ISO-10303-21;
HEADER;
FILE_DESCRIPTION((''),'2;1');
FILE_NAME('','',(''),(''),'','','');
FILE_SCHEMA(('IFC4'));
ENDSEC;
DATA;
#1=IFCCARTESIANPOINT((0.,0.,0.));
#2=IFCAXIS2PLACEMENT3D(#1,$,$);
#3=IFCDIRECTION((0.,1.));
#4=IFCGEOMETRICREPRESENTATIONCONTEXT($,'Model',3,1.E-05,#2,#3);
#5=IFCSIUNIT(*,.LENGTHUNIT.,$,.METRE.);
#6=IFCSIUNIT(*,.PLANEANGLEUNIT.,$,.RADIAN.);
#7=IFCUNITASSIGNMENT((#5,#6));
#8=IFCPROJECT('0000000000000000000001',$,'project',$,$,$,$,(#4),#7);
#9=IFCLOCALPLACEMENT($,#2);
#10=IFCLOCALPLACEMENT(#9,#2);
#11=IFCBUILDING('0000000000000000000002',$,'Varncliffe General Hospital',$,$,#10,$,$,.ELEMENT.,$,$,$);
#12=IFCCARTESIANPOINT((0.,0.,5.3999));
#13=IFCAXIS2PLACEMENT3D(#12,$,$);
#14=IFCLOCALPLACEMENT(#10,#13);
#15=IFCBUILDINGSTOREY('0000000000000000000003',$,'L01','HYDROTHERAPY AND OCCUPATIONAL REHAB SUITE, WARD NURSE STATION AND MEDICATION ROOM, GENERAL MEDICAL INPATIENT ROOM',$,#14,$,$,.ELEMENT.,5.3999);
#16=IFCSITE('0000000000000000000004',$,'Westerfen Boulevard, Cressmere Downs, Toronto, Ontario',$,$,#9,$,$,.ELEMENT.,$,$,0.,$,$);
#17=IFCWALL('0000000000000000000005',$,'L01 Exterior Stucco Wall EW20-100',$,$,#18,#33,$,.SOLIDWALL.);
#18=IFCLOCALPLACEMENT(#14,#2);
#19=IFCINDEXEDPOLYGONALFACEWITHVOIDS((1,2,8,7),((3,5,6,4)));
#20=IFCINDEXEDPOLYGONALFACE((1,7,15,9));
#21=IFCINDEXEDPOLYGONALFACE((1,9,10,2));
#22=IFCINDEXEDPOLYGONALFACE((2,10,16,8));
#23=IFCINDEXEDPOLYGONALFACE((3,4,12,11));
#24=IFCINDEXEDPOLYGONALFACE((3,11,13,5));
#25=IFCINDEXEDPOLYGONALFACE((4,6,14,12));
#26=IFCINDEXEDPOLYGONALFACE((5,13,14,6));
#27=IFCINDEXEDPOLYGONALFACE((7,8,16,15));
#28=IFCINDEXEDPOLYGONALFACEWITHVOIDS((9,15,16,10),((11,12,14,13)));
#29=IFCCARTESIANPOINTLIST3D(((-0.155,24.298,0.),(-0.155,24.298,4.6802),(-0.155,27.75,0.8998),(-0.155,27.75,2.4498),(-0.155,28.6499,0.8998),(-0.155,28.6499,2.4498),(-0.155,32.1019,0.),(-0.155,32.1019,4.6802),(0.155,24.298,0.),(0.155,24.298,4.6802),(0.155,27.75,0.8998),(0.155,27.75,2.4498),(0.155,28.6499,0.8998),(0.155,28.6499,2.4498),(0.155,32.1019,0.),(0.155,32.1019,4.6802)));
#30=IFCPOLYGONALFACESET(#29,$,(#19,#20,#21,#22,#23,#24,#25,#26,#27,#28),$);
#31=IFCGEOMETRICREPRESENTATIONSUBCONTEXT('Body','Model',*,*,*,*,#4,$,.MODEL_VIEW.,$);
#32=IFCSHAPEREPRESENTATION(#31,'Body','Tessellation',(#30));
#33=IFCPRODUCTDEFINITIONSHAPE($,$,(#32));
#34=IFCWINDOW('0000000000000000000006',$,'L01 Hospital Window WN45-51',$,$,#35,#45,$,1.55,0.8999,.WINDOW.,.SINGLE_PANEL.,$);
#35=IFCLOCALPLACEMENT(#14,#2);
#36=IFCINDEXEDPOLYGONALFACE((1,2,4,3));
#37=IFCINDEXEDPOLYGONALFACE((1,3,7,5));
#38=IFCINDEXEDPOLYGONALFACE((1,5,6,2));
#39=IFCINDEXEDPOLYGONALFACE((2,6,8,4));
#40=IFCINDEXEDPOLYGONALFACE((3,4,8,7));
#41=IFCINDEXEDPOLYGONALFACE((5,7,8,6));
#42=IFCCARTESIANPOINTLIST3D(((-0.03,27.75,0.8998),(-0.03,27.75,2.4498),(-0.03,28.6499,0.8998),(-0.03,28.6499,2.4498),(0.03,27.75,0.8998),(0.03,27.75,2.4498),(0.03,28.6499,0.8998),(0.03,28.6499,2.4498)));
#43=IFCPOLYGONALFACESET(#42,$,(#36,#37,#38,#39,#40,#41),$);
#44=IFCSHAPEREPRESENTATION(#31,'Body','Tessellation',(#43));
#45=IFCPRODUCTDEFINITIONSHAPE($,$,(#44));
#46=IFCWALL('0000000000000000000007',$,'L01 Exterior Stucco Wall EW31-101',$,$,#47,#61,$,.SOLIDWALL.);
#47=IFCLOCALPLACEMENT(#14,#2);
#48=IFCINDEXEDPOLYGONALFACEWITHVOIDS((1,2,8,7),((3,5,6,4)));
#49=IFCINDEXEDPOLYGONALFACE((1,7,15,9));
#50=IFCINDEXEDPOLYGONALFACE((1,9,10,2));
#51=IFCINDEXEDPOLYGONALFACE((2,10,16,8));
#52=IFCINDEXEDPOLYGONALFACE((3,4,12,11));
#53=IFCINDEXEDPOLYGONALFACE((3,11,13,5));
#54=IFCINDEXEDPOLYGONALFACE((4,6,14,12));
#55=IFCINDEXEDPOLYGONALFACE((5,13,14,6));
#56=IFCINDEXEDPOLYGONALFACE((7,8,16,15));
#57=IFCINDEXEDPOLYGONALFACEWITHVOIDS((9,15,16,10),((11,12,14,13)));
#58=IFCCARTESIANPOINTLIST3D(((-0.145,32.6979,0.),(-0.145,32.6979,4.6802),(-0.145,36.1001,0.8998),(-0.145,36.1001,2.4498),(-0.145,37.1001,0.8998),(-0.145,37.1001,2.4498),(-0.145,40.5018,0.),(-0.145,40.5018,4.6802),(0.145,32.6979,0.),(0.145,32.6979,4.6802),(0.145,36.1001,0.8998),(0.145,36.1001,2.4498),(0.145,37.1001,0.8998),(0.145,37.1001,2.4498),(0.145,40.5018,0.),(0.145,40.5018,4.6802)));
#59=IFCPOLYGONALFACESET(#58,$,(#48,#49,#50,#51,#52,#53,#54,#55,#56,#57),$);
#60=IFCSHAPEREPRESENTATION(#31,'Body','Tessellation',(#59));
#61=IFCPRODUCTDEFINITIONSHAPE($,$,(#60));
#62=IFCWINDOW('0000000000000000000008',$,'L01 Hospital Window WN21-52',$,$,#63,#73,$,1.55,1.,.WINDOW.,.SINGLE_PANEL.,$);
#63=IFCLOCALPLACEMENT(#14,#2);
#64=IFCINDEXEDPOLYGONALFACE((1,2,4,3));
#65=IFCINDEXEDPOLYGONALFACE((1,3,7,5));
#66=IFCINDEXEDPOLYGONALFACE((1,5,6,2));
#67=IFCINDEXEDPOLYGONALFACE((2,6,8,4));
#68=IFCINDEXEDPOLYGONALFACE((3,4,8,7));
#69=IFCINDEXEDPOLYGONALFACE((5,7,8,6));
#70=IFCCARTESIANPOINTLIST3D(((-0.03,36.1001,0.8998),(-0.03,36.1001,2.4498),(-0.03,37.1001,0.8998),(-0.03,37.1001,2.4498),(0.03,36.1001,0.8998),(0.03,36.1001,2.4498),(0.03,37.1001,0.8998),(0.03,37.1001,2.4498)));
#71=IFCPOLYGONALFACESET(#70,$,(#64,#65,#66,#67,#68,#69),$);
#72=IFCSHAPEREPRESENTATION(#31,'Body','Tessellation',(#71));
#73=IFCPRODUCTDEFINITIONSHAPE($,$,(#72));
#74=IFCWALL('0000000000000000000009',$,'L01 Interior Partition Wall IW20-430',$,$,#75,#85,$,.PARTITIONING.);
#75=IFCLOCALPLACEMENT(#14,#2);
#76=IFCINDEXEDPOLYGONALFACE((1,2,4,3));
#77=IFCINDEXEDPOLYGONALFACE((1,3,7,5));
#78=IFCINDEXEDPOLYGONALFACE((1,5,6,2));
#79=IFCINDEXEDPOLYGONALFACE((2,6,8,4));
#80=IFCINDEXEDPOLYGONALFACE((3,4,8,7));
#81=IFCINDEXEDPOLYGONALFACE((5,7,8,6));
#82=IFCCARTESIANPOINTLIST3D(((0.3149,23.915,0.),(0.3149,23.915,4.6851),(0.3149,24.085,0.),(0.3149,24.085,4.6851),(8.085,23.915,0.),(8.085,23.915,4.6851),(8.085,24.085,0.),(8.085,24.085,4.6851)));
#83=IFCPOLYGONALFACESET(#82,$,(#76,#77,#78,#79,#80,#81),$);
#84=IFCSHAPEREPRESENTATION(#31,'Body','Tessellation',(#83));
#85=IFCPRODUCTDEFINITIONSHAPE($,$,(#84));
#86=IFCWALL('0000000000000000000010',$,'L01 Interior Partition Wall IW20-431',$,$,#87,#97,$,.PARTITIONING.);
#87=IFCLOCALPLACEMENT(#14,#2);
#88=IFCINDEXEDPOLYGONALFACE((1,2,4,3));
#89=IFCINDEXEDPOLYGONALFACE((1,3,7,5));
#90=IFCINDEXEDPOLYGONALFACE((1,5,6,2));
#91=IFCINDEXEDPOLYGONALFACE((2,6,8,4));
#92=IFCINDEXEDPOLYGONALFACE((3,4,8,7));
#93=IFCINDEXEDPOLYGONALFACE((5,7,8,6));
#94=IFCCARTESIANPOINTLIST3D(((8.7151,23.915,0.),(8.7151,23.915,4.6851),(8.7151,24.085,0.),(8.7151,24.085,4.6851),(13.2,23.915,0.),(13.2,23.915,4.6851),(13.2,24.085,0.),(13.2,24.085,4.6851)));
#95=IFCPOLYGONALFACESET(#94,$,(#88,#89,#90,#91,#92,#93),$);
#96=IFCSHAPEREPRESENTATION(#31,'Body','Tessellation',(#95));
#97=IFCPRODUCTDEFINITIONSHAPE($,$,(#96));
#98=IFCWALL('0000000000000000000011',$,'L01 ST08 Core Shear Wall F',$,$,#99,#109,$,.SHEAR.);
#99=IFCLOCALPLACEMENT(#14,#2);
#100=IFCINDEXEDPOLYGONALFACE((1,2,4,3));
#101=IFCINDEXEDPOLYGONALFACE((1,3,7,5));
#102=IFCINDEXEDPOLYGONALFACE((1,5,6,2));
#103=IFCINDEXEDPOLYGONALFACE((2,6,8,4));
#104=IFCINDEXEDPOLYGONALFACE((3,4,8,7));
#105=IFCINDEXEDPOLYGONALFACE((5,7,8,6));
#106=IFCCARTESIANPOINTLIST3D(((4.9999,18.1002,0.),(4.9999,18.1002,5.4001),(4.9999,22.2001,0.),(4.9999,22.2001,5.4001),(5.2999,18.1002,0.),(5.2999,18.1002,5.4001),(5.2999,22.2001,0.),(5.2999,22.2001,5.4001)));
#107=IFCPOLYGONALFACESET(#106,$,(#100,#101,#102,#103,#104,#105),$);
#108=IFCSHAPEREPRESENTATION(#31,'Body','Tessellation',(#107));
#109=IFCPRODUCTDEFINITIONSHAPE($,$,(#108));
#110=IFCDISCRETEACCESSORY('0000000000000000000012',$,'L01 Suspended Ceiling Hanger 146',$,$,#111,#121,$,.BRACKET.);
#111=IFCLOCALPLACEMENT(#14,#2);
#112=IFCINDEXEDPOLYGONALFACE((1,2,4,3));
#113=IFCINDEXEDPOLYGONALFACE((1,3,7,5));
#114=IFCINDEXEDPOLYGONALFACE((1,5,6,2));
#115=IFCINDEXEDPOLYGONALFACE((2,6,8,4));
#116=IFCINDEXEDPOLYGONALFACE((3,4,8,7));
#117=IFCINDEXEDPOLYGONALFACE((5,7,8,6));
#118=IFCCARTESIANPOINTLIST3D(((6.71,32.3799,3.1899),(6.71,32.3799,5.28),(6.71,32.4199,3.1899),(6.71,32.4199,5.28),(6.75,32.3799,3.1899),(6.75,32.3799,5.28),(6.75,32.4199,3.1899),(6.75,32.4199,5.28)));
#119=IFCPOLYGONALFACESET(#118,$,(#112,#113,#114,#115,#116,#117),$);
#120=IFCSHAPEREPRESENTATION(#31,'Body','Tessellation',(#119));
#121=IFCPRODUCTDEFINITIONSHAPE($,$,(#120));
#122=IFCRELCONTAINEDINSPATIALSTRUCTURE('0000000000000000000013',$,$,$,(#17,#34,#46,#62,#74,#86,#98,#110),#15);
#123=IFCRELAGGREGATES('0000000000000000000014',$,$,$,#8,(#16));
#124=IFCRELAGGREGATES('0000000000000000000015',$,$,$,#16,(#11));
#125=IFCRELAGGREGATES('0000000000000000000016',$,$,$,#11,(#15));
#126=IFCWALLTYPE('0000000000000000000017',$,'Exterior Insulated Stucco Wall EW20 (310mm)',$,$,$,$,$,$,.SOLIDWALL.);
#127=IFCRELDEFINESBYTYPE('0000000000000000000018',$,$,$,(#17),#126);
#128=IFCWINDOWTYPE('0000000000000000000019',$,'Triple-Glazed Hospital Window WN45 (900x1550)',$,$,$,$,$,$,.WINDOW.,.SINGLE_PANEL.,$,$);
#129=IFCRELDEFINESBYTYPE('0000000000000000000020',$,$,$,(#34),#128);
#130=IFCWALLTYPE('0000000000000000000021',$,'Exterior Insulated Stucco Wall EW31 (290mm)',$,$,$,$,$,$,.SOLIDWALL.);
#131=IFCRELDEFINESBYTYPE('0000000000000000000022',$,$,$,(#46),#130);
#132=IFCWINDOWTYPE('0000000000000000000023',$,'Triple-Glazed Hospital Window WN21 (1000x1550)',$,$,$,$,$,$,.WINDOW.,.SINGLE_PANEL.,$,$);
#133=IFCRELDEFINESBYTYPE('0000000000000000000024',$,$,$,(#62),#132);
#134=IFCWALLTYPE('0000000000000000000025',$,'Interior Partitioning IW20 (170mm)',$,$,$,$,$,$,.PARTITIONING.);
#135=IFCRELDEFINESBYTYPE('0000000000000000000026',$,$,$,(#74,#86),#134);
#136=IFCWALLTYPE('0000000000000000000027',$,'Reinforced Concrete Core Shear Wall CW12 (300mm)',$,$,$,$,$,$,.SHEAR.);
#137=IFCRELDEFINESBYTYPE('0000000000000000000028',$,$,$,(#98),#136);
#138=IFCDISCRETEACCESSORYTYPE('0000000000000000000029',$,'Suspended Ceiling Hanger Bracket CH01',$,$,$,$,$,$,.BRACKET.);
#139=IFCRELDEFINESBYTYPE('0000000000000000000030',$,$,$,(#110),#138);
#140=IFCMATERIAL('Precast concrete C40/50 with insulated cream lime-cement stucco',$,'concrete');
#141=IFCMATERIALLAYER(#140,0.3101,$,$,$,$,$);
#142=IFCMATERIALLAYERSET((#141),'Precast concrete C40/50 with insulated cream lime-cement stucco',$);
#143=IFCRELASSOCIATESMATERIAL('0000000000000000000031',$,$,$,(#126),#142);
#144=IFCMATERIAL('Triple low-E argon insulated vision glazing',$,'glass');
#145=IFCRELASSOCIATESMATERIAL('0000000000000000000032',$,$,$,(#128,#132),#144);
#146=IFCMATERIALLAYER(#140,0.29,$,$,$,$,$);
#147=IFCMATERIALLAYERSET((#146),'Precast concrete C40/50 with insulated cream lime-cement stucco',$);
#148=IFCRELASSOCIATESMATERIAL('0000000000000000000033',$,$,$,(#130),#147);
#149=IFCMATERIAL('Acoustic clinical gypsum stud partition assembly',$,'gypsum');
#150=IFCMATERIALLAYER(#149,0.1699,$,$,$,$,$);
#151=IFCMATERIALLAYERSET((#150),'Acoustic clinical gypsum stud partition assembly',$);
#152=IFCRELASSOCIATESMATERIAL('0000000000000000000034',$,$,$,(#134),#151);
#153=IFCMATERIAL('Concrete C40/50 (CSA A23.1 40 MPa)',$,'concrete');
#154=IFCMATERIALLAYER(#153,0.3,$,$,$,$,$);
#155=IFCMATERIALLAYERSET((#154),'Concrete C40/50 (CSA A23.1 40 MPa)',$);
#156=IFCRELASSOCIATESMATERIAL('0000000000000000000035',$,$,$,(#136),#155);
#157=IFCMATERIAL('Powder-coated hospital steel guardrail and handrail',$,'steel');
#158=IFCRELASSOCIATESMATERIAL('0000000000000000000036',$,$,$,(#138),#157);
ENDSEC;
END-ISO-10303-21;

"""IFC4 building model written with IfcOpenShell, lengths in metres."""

from ifc_helpers import new_model, si_unit, direction, frame, frame_2d, origin, origin_2d, place, context, subcontext, project, spatial, rectangle, extrude, material, layer, layer_set, type_object, element, fill, save


model = new_model("IFC4")

# Units and contexts
model_context = context("Model", 3, precision=1e-05, world=origin(), true_north=direction((0.0, 1.0)))
body_context = subcontext(model_context, "Body", "Model", "MODEL_VIEW")
ifc_project = project(units=[si_unit("LENGTHUNIT", "METRE"), si_unit("PLANEANGLEUNIT", "RADIAN")], contexts=[model_context])

# Site, building, storey
site_placement = place(None, origin())
site = spatial("IfcSite", under=ifc_project, at=site_placement, Name="Westerfen Boulevard, Cressmere Downs, Toronto, Ontario", CompositionType="ELEMENT", RefElevation=0.0)
building_placement = place(site_placement, origin())
building = spatial("IfcBuilding", under=site, at=building_placement, Name="Varncliffe General Hospital", CompositionType="ELEMENT")
storey_placement = place(building_placement, frame((0.0, 0.0, 5.3999)))
storey = spatial("IfcBuildingStorey", under=building, at=storey_placement, Name="L01", Description="HYDROTHERAPY AND OCCUPATIONAL REHAB SUITE, WARD NURSE STATION AND MEDICATION ROOM, GENERAL MEDICAL INPATIENT ROOM", CompositionType="ELEMENT", Elevation=5.3999)

# Shared definitions
ifc_material_1 = material(Name="Concrete C40/50 (CSA A23.1 40 MPa)", Category="concrete")

# Walls, openings, windows
ifc_material_2 = material(Name="Precast concrete C40/50 with insulated cream lime-cement stucco", Category="concrete")
ifc_layer_1 = layer(ifc_material_2, 0.3101)
ifc_layer_set_1 = layer_set([ifc_layer_1], Name="Precast concrete C40/50 with insulated cream lime-cement stucco")
wall_type_1 = type_object("IfcWallType", Name="Exterior Insulated Stucco Wall EW20 (310mm)", PredefinedType="SOLIDWALL", material=ifc_layer_set_1)
wall_1_placement = place(storey_placement, frame((0.0, 24.2981, 0.0), z_axis=(0.0, 0.0, 1.0), x_axis=(0.0, 1.0, 0.0)))
wall_1 = element("IfcWall", 1, at=wall_1_placement, inside=storey, type_object=wall_type_1, Name="L01 Exterior Stucco Wall EW20-100", PredefinedType="SOLIDWALL", context=body_context, shape_type="SweptSolid", body=[
    extrude(rectangle(XDim=7.804, YDim=0.3101, at=frame_2d((3.9019, 0.0))), origin(), (0.0, 0.0, 1.0), 4.6802),
])
opening_1_placement = place(wall_1_placement, frame((3.4519, 0.0, 0.8999)))
opening_1 = element("IfcOpeningElement", 2, at=opening_1_placement, cuts=wall_1, PredefinedType="OPENING", context=body_context, shape_type="SweptSolid", body=[
    extrude(rectangle(XDim=0.8999, YDim=1.55, at=frame_2d((0.45, 0.7749))), frame((0.0, 0.165, 0.0), z_axis=(0.0, -1.0, 0.0), x_axis=(1.0, 0.0, 0.0)), (0.0, 0.0, 1.0), 0.3301),
])
ifc_material_3 = material(Name="Triple low-E argon insulated vision glazing", Category="glass")
window_type_1 = type_object("IfcWindowType", Name="Triple-Glazed Hospital Window WN45 (900x1550)", PartitioningType="SINGLE_PANEL", PredefinedType="WINDOW", material=ifc_material_3)
window_1_placement = place(opening_1_placement, origin())
window_1 = element("IfcWindow", 3, at=window_1_placement, inside=storey, type_object=window_type_1, Name="L01 Hospital Window WN45-51", OverallHeight=1.55, OverallWidth=0.8999, PartitioningType="SINGLE_PANEL", PredefinedType="WINDOW", context=body_context, shape_type="SweptSolid", body=[
    extrude(rectangle(XDim=0.8999, YDim=1.55, at=frame_2d((0.45, 0.7749))), frame((0.0, 0.03, 0.0), z_axis=(0.0, -1.0, 0.0), x_axis=(1.0, 0.0, 0.0)), (0.0, 0.0, 1.0), 0.0601),
])
fill(opening_1, window_1)
ifc_layer_2 = layer(ifc_material_2, 0.29)
ifc_layer_set_2 = layer_set([ifc_layer_2], Name="Precast concrete C40/50 with insulated cream lime-cement stucco")
wall_type_2 = type_object("IfcWallType", Name="Exterior Insulated Stucco Wall EW31 (290mm)", PredefinedType="SOLIDWALL", material=ifc_layer_set_2)
wall_2_placement = place(storey_placement, frame((0.0, 32.698, 0.0), z_axis=(0.0, 0.0, 1.0), x_axis=(0.0, 1.0, 0.0)))
wall_2 = element("IfcWall", 4, at=wall_2_placement, inside=storey, type_object=wall_type_2, Name="L01 Exterior Stucco Wall EW31-101", PredefinedType="SOLIDWALL", context=body_context, shape_type="SweptSolid", body=[
    extrude(rectangle(XDim=7.804, YDim=0.29, at=frame_2d((3.9019, 0.0))), origin(), (0.0, 0.0, 1.0), 4.6802),
])
opening_2_placement = place(wall_2_placement, frame((3.4021, 0.0, 0.8999)))
opening_2 = element("IfcOpeningElement", 5, at=opening_2_placement, cuts=wall_2, PredefinedType="OPENING", context=body_context, shape_type="SweptSolid", body=[
    extrude(rectangle(XDim=1.0, YDim=1.55, at=frame_2d((0.5, 0.7749))), frame((0.0, 0.155, 0.0), z_axis=(0.0, -1.0, 0.0), x_axis=(1.0, 0.0, 0.0)), (0.0, 0.0, 1.0), 0.3101),
])
window_type_2 = type_object("IfcWindowType", Name="Triple-Glazed Hospital Window WN21 (1000x1550)", PartitioningType="SINGLE_PANEL", PredefinedType="WINDOW", material=ifc_material_3)
window_2_placement = place(opening_2_placement, origin())
window_2 = element("IfcWindow", 6, at=window_2_placement, inside=storey, type_object=window_type_2, Name="L01 Hospital Window WN21-52", OverallHeight=1.55, OverallWidth=1.0, PartitioningType="SINGLE_PANEL", PredefinedType="WINDOW", context=body_context, shape_type="SweptSolid", body=[
    extrude(rectangle(XDim=1.0, YDim=1.55, at=frame_2d((0.5, 0.7749))), frame((0.0, 0.03, 0.0), z_axis=(0.0, -1.0, 0.0), x_axis=(1.0, 0.0, 0.0)), (0.0, 0.0, 1.0), 0.0601),
])
fill(opening_2, window_2)

# Walls
ifc_material_4 = material(Name="Acoustic clinical gypsum stud partition assembly", Category="gypsum")
ifc_layer_3 = layer(ifc_material_4, 0.1699)
ifc_layer_set_3 = layer_set([ifc_layer_3], Name="Acoustic clinical gypsum stud partition assembly")
wall_type_3 = type_object("IfcWallType", Name="Interior Partitioning IW20 (170mm)", PredefinedType="PARTITIONING", material=ifc_layer_set_3)
wall_3_placement = place(storey_placement, frame((0.3149, 24.0, 0.0), z_axis=(0.0, 0.0, 1.0), x_axis=(1.0, 0.0, 0.0)))
element("IfcWall", 7, at=wall_3_placement, inside=storey, type_object=wall_type_3, Name="L01 Interior Partition Wall IW20-430", PredefinedType="PARTITIONING", context=body_context, shape_type="SweptSolid", body=[
    extrude(rectangle(XDim=7.77, YDim=0.1699, at=frame_2d((3.885, 0.0))), origin(), (0.0, 0.0, 1.0), 4.6851),
])
wall_4_placement = place(storey_placement, frame((8.7151, 24.0, 0.0), z_axis=(0.0, 0.0, 1.0), x_axis=(1.0, 0.0, 0.0)))
element("IfcWall", 8, at=wall_4_placement, inside=storey, type_object=wall_type_3, Name="L01 Interior Partition Wall IW20-431", PredefinedType="PARTITIONING", context=body_context, shape_type="SweptSolid", body=[
    extrude(rectangle(XDim=4.4849, YDim=0.1699, at=frame_2d((2.2424, 0.0))), origin(), (0.0, 0.0, 1.0), 4.6851),
])
ifc_layer_4 = layer(ifc_material_1, 0.3)
ifc_layer_set_4 = layer_set([ifc_layer_4], Name="Concrete C40/50 (CSA A23.1 40 MPa)")
wall_type_4 = type_object("IfcWallType", Name="Reinforced Concrete Core Shear Wall CW12 (300mm)", PredefinedType="SHEAR", material=ifc_layer_set_4)
wall_5_placement = place(storey_placement, frame((5.1499, 22.2, 0.0), z_axis=(0.0, 0.0, 1.0), x_axis=(0.0, -1.0, 0.0)))
element("IfcWall", 9, at=wall_5_placement, inside=storey, type_object=wall_type_4, Name="L01 ST08 Core Shear Wall F", PredefinedType="SHEAR", context=body_context, shape_type="SweptSolid", body=[
    extrude(rectangle(XDim=4.0999, YDim=0.3, at=frame_2d((2.0498, 0.0))), origin(), (0.0, 0.0, 1.0), 5.4001),
])

# Discrete accessory
ifc_material_5 = material(Name="Powder-coated hospital steel guardrail and handrail", Category="steel")
discrete_accessory_type = type_object("IfcDiscreteAccessoryType", Name="Suspended Ceiling Hanger Bracket CH01", PredefinedType="BRACKET", material=ifc_material_5)
discrete_accessory_placement = place(storey_placement, frame((6.73, 32.3999, 3.1899), z_axis=(0.0, 0.0, 1.0), x_axis=(1.0, 0.0, 0.0)))
element("IfcDiscreteAccessory", 10, at=discrete_accessory_placement, inside=storey, type_object=discrete_accessory_type, Name="L01 Suspended Ceiling Hanger 146", PredefinedType="BRACKET", context=body_context, shape_type="SweptSolid", body=[
    extrude(rectangle(XDim=0.04, YDim=0.04, at=origin_2d()), origin(), (0.0, 0.0, 1.0), 2.0901),
])

save(model, "model.ifc")
